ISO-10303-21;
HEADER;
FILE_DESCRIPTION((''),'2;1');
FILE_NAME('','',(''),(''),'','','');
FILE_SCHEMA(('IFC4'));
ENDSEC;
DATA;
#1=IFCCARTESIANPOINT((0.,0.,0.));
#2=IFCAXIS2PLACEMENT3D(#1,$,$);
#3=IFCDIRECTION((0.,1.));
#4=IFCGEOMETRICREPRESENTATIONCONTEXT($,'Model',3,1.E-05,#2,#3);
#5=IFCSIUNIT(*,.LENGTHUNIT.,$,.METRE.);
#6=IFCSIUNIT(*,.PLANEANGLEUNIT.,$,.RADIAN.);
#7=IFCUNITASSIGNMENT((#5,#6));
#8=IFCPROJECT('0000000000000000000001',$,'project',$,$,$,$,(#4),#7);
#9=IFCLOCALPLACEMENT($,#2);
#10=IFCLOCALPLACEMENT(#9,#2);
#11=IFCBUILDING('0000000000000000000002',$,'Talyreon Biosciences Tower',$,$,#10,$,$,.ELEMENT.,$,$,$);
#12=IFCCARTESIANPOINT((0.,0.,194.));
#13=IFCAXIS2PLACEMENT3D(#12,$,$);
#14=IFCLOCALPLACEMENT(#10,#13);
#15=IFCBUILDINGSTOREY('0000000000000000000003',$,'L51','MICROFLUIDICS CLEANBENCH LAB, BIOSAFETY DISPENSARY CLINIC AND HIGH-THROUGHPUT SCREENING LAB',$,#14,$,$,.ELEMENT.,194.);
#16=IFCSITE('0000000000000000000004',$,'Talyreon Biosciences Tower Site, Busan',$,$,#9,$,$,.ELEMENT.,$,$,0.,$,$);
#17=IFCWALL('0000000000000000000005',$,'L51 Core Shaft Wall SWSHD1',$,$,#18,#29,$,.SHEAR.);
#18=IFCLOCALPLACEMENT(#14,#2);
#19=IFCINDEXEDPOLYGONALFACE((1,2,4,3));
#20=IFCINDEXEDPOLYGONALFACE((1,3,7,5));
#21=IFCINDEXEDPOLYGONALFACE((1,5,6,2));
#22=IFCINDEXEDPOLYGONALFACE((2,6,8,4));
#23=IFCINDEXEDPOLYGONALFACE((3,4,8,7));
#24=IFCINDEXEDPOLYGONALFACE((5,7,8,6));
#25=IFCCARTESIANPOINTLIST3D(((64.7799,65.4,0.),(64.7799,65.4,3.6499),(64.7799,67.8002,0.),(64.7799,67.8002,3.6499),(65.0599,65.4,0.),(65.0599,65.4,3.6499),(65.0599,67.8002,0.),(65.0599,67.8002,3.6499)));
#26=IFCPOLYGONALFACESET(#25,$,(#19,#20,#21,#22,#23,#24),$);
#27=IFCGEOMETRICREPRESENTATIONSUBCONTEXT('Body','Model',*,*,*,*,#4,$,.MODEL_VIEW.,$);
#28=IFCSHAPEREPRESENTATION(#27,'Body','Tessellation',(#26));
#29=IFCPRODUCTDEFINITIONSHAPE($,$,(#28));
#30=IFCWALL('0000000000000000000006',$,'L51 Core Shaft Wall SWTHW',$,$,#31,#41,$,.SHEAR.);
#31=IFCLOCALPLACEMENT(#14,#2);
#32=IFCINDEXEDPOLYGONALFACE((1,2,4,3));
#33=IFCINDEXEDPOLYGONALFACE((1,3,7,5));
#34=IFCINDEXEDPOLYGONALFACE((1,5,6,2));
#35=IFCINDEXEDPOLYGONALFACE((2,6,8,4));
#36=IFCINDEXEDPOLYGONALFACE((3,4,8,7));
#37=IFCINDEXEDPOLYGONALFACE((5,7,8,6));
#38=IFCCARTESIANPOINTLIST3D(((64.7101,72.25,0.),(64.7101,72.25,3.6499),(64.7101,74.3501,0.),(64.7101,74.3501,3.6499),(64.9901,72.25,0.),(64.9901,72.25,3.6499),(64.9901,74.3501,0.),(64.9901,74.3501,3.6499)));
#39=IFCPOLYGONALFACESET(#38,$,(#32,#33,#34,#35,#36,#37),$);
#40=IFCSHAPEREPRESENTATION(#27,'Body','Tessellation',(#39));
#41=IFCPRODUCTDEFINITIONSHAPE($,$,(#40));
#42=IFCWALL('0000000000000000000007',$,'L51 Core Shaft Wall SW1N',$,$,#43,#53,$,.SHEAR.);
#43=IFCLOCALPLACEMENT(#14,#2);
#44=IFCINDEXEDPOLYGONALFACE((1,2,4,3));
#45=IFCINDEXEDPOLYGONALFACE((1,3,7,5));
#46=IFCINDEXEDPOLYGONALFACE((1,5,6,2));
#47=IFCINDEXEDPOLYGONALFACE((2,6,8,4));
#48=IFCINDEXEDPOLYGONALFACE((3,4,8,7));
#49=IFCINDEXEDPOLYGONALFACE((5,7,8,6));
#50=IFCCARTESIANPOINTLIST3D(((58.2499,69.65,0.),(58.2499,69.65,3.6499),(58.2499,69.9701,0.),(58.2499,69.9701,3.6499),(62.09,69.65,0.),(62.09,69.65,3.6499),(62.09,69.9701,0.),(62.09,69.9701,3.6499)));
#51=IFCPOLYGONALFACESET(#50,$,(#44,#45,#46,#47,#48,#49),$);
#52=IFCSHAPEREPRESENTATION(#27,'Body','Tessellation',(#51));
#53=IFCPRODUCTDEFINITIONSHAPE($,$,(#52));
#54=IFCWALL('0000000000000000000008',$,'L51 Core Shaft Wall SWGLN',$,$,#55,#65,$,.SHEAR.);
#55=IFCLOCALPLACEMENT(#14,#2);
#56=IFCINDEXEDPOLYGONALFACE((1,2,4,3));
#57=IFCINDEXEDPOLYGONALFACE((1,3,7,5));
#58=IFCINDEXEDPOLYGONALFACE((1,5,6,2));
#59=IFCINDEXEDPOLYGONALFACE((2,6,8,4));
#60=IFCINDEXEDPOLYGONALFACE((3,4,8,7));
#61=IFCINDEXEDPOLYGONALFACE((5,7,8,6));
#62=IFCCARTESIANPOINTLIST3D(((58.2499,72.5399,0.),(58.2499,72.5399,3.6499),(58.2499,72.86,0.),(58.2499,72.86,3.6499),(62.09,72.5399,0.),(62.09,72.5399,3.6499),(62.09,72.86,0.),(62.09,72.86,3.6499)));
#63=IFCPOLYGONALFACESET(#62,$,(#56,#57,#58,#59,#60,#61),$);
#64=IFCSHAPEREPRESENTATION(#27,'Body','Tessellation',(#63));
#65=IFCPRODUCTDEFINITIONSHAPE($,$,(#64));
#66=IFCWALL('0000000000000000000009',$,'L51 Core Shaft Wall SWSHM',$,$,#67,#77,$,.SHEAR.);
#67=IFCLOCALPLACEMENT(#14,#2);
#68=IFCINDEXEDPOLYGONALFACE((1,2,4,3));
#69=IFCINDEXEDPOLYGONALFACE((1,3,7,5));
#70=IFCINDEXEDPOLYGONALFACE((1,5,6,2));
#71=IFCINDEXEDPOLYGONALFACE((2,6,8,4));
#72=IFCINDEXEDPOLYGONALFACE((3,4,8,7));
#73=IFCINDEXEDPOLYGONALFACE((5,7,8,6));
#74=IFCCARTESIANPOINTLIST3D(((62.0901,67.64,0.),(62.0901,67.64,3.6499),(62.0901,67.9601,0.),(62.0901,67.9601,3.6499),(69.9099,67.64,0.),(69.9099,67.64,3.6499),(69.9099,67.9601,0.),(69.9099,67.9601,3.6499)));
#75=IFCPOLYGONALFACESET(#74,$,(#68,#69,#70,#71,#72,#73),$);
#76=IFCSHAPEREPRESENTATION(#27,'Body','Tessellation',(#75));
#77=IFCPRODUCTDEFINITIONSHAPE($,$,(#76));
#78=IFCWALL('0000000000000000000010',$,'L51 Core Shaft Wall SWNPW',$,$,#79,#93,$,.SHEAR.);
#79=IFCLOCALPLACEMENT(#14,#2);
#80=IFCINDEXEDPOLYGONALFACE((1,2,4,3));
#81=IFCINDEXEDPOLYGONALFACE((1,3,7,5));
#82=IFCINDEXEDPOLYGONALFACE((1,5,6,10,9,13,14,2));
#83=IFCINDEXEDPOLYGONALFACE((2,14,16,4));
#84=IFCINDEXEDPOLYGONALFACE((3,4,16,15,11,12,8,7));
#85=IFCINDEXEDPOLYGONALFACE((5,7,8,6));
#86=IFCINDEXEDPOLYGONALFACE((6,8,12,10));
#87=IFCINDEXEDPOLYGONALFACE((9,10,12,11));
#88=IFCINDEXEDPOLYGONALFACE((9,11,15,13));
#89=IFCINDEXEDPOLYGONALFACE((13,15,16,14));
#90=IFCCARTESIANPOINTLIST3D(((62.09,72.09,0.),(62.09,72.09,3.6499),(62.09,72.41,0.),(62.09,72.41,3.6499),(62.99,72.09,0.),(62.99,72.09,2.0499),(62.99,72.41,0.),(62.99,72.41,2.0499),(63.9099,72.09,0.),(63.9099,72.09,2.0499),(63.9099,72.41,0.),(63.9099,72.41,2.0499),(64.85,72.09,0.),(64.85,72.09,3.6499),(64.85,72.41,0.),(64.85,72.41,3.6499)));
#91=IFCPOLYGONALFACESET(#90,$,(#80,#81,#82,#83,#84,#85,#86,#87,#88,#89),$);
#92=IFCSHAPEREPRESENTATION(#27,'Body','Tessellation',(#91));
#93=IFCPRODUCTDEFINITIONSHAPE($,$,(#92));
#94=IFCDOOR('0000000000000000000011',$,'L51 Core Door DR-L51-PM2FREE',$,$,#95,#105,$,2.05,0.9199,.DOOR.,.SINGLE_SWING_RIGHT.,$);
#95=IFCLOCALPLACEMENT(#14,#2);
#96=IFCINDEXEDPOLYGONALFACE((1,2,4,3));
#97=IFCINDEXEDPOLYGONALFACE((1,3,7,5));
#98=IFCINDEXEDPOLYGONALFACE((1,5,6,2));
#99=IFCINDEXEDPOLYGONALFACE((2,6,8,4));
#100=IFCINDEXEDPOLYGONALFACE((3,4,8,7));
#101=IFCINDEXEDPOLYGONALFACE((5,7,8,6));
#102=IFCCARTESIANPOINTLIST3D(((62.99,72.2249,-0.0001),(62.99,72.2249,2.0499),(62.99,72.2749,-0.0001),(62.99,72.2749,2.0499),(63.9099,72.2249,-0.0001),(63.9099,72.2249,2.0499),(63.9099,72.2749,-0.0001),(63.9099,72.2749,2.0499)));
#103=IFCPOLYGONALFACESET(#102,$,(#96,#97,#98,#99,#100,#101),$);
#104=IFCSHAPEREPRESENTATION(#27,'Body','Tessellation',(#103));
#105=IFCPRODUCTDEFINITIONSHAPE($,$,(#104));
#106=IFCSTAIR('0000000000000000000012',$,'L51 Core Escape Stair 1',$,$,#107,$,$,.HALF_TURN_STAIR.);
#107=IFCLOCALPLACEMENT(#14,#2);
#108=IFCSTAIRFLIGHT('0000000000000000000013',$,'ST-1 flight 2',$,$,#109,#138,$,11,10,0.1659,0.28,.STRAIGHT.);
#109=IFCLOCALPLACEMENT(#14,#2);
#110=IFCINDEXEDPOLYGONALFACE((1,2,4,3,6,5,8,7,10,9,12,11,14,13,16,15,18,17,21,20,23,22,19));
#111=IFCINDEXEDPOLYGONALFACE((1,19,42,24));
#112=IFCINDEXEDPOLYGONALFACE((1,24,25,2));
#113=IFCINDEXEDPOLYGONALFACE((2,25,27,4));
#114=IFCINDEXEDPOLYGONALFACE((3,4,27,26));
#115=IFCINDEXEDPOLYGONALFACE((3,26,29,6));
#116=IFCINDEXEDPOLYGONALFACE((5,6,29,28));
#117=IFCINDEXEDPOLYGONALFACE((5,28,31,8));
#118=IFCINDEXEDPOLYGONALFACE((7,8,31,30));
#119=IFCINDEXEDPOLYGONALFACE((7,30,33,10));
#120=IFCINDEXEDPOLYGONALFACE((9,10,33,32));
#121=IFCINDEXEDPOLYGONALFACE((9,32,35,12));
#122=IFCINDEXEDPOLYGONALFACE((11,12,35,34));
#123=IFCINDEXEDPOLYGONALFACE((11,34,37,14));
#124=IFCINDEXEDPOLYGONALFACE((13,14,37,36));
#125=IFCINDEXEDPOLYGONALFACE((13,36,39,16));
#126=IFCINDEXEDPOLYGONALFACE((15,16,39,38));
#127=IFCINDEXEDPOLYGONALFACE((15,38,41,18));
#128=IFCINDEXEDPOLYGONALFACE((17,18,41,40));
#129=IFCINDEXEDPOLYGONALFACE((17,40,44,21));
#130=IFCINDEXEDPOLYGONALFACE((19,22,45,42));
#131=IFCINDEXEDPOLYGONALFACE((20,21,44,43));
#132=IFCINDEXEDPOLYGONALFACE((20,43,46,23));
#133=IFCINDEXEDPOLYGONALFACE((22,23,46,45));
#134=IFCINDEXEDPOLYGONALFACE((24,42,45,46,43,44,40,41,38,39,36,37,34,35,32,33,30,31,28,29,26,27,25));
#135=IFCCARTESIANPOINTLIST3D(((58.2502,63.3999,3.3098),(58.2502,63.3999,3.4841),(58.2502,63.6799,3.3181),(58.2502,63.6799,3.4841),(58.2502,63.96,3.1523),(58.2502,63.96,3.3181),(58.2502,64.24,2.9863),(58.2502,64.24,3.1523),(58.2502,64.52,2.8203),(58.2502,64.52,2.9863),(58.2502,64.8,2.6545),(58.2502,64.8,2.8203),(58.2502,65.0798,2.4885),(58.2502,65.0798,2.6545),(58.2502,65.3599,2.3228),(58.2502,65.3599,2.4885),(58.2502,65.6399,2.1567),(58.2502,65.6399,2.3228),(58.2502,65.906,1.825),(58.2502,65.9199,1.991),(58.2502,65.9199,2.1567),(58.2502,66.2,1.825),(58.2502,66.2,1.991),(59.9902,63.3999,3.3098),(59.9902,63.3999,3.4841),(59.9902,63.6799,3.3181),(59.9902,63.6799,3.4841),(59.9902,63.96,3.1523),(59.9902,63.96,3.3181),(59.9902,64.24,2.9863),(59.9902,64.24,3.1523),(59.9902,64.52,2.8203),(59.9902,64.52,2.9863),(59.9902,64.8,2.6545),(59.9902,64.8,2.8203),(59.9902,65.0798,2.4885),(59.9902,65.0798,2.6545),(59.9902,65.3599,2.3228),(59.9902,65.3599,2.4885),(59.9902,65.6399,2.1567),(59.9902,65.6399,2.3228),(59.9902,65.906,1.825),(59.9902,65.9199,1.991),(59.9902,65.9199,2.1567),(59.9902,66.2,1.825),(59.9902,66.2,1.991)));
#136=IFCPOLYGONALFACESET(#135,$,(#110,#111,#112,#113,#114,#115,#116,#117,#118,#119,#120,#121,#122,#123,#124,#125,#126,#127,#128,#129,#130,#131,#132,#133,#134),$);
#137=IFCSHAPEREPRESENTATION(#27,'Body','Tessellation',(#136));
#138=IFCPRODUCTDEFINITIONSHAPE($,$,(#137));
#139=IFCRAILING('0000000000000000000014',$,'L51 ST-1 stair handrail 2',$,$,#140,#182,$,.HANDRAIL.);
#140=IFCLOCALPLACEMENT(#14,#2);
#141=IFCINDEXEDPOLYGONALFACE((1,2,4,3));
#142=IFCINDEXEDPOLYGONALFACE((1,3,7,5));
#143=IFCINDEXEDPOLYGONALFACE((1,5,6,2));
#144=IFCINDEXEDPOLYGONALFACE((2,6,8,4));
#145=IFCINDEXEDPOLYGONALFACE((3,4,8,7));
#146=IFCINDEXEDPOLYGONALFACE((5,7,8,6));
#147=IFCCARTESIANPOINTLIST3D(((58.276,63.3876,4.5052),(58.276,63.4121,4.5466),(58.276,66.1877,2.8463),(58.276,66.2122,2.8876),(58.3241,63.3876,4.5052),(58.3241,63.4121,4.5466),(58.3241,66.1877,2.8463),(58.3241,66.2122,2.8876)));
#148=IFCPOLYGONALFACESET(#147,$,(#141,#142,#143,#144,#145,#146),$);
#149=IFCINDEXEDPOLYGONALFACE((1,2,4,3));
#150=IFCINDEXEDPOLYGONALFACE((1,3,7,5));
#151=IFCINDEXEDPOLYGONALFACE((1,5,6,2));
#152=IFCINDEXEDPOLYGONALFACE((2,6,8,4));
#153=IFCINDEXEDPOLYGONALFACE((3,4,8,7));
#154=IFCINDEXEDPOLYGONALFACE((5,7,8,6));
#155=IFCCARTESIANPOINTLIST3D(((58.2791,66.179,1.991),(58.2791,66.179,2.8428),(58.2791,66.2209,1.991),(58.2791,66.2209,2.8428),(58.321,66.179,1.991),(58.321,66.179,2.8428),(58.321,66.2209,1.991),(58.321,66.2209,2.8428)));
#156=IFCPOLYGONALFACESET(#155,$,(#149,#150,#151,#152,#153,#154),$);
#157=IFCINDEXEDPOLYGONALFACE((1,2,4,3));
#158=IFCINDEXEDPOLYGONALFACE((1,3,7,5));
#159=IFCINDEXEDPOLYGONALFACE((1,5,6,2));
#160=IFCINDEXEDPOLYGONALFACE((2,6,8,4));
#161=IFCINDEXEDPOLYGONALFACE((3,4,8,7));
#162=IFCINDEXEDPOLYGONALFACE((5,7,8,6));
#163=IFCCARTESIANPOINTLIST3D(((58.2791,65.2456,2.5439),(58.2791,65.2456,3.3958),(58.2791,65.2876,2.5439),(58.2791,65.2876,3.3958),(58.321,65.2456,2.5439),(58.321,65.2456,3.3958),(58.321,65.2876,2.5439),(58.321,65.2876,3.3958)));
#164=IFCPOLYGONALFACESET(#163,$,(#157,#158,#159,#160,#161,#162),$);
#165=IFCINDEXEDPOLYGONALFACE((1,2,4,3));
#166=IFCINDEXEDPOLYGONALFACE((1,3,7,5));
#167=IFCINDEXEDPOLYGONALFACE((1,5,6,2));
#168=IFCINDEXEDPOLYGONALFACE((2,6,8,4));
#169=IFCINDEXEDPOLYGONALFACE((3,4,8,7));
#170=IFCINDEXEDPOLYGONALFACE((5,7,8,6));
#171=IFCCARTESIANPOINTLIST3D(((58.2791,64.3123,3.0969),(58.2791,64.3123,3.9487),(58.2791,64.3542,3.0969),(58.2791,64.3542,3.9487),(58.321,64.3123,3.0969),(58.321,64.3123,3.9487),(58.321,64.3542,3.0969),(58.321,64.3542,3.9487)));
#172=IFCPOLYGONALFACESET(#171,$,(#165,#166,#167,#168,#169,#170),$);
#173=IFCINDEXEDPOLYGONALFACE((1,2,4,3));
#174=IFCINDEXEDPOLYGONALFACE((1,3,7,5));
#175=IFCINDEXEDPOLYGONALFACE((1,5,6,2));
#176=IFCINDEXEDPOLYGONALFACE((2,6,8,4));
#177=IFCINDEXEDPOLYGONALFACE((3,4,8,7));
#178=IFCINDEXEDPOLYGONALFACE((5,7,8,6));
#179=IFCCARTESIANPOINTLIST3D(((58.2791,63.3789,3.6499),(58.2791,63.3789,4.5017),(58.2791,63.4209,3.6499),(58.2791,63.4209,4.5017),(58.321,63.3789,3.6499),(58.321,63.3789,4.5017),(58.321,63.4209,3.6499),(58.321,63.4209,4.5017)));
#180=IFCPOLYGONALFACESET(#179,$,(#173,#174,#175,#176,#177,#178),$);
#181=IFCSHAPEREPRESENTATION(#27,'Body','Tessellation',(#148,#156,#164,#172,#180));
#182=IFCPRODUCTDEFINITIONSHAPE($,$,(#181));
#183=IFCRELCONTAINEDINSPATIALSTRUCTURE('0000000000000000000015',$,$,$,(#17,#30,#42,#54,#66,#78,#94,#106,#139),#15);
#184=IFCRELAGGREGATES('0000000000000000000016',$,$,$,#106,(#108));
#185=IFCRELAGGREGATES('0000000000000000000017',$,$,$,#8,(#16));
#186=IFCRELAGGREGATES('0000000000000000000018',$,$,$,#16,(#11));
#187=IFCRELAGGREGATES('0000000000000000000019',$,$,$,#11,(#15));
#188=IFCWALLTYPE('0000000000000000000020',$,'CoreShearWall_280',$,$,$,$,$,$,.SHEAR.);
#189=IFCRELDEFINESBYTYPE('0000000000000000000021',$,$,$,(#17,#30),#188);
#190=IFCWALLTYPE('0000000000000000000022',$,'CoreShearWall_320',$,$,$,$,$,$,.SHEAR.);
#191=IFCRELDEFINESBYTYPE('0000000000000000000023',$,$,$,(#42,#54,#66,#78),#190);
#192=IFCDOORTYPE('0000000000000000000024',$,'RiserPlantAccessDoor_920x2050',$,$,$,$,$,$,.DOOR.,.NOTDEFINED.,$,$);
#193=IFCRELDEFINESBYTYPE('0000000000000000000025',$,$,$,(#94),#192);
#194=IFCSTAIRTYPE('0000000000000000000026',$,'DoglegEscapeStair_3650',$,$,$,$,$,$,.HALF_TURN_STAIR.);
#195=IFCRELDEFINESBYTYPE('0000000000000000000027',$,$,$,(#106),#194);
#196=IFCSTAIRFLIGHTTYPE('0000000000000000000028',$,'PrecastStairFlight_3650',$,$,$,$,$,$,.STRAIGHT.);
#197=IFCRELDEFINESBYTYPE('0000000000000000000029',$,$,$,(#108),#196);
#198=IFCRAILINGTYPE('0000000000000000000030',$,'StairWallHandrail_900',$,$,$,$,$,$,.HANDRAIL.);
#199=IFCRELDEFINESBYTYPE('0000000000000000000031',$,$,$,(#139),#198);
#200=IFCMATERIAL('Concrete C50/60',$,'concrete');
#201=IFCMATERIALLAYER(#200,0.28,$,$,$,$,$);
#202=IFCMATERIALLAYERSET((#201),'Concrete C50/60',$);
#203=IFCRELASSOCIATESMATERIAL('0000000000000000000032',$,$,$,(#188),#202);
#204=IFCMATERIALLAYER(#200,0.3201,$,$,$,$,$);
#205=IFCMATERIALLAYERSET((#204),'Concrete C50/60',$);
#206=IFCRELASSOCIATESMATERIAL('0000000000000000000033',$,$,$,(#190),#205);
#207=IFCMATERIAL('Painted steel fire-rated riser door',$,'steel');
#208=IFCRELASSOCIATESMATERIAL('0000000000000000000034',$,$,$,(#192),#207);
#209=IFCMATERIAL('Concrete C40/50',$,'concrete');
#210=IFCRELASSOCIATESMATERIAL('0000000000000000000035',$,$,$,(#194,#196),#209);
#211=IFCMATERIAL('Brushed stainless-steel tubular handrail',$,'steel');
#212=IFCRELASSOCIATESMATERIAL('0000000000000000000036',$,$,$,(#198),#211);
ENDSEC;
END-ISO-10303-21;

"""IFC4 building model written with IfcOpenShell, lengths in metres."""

from ifc_helpers import new_model, si_unit, direction, frame, frame_2d, origin, origin_2d, place, context, subcontext, project, spatial, polyline, rectangle, outline, extrude, material, layer, layer_set, type_object, element, fill, aggregate, save


model = new_model("IFC4")

# Units and contexts
model_context = context("Model", 3, precision=1e-05, world=origin(), true_north=direction((0.0, 1.0)))
body_context = subcontext(model_context, "Body", "Model", "MODEL_VIEW")
ifc_project = project(units=[si_unit("LENGTHUNIT", "METRE"), si_unit("PLANEANGLEUNIT", "RADIAN")], contexts=[model_context])

# Site, building, storey
site_placement = place(None, origin())
site = spatial("IfcSite", under=ifc_project, at=site_placement, Name="Talyreon Biosciences Tower Site, Busan", CompositionType="ELEMENT", RefElevation=0.0)
building_placement = place(site_placement, origin())
building = spatial("IfcBuilding", under=site, at=building_placement, Name="Talyreon Biosciences Tower", CompositionType="ELEMENT")
storey_placement = place(building_placement, frame((0.0, 0.0, 194.0)))
storey = spatial("IfcBuildingStorey", under=building, at=storey_placement, Name="L51", Description="MICROFLUIDICS CLEANBENCH LAB, BIOSAFETY DISPENSARY CLINIC AND HIGH-THROUGHPUT SCREENING LAB", CompositionType="ELEMENT", Elevation=194.0)

# Walls
ifc_material_1 = material(Name="Concrete C50/60", Category="concrete")
ifc_layer_1 = layer(ifc_material_1, 0.28)
ifc_layer_set_1 = layer_set([ifc_layer_1], Name="Concrete C50/60")
wall_type_1 = type_object("IfcWallType", Name="CoreShearWall_280", PredefinedType="SHEAR", material=ifc_layer_set_1)
wall_1_placement = place(storey_placement, frame((64.9199, 65.3999, 0.0), z_axis=(0.0, 0.0, 1.0), x_axis=(0.0, 1.0, 0.0)))
element("IfcWall", 1, at=wall_1_placement, inside=storey, type_object=wall_type_1, Name="L51 Core Shaft Wall SWSHD1", PredefinedType="SHEAR", context=body_context, shape_type="SweptSolid", body=[
    extrude(rectangle(XDim=2.4001, YDim=0.28, at=frame_2d((1.2002, 0.0))), origin(), (0.0, 0.0, 1.0), 3.6499),
])
wall_2_placement = place(storey_placement, frame((64.8501, 72.25, 0.0), z_axis=(0.0, 0.0, 1.0), x_axis=(0.0, 1.0, 0.0)))
element("IfcWall", 2, at=wall_2_placement, inside=storey, type_object=wall_type_1, Name="L51 Core Shaft Wall SWTHW", PredefinedType="SHEAR", context=body_context, shape_type="SweptSolid", body=[
    extrude(rectangle(XDim=2.1001, YDim=0.28, at=frame_2d((1.05, 0.0))), origin(), (0.0, 0.0, 1.0), 3.6499),
])
ifc_layer_2 = layer(ifc_material_1, 0.3201)
ifc_layer_set_2 = layer_set([ifc_layer_2], Name="Concrete C50/60")
wall_type_2 = type_object("IfcWallType", Name="CoreShearWall_320", PredefinedType="SHEAR", material=ifc_layer_set_2)
for number, where, z_axis, x_axis, name in (
    (3, (58.25, 69.8101, 0.0), (0.0, 0.0, 1.0), (1.0, 0.0, 0.0), "L51 Core Shaft Wall SW1N"),
    (4, (58.25, 72.7, 0.0), (0.0, 0.0, 1.0), (1.0, 0.0, 0.0), "L51 Core Shaft Wall SWGLN"),
):
    element("IfcWall", number, at=place(storey_placement, frame(where, z_axis=z_axis, x_axis=x_axis)), inside=storey, type_object=wall_type_2, Name=name, PredefinedType="SHEAR", context=body_context, shape_type="SweptSolid", body=[
        extrude(rectangle(XDim=3.8401, YDim=0.3201, at=frame_2d((1.9199, 0.0))), origin(), (0.0, 0.0, 1.0), 3.6499),
    ])
wall_3_placement = place(storey_placement, frame((62.0901, 67.8, 0.0), z_axis=(0.0, 0.0, 1.0), x_axis=(1.0, 0.0, 0.0)))
element("IfcWall", 5, at=wall_3_placement, inside=storey, type_object=wall_type_2, Name="L51 Core Shaft Wall SWSHM", PredefinedType="SHEAR", context=body_context, shape_type="SweptSolid", body=[
    extrude(rectangle(XDim=7.8198, YDim=0.3201, at=frame_2d((3.9099, 0.0))), origin(), (0.0, 0.0, 1.0), 3.6499),
])

# Wall, opening, door
wall_4_placement = place(storey_placement, frame((62.0901, 72.25, 0.0), z_axis=(0.0, 0.0, 1.0), x_axis=(1.0, 0.0, 0.0)))
wall_4 = element("IfcWall", 6, at=wall_4_placement, inside=storey, type_object=wall_type_2, Name="L51 Core Shaft Wall SWNPW", PredefinedType="SHEAR", context=body_context, shape_type="SweptSolid", body=[
    extrude(rectangle(XDim=2.76, YDim=0.3201, at=frame_2d((1.3799, 0.0))), origin(), (0.0, 0.0, 1.0), 3.6499),
])
opening_1_placement = place(wall_4_placement, frame((0.8999, 0.0, 0.0)))
opening_1 = element("IfcOpeningElement", 7, at=opening_1_placement, cuts=wall_4, PredefinedType="OPENING", context=body_context, shape_type="SweptSolid", body=[
    extrude(rectangle(XDim=0.9199, YDim=2.05, at=frame_2d((0.46, 1.0249))), frame((0.0, 0.1699, 0.0), z_axis=(0.0, -1.0, 0.0), x_axis=(1.0, 0.0, 0.0)), (0.0, 0.0, 1.0), 0.3401),
])
ifc_material_2 = material(Name="Painted steel fire-rated riser door", Category="steel")
door_type_1 = type_object("IfcDoorType", Name="RiserPlantAccessDoor_920x2050", OperationType="NOTDEFINED", PredefinedType="DOOR", material=ifc_material_2)
door_1_placement = place(opening_1_placement, origin())
door_1 = element("IfcDoor", 8, at=door_1_placement, inside=storey, type_object=door_type_1, Name="L51 Core Door DR-L51-PM2FREE", OperationType="SINGLE_SWING_RIGHT", OverallHeight=2.05, OverallWidth=0.9199, PredefinedType="DOOR", context=body_context, shape_type="SweptSolid", body=[
    extrude(rectangle(XDim=0.9199, YDim=2.05, at=frame_2d((0.46, 1.0249))), frame((0.0, 0.0249, 0.0), z_axis=(0.0, -1.0, 0.0), x_axis=(1.0, 0.0, 0.0)), (0.0, 0.0, 1.0), 0.05),
])
fill(opening_1, door_1)

# Stair, stair flight
ifc_material_3 = material(Name="Concrete C40/50", Category="concrete")
stair_type = type_object("IfcStairType", Name="DoglegEscapeStair_3650", PredefinedType="HALF_TURN_STAIR", material=ifc_material_3)
stair_placement = place(storey_placement, origin())
stair = element("IfcStair", 9, at=stair_placement, inside=storey, type_object=stair_type, Name="L51 Core Escape Stair 1", PredefinedType="HALF_TURN_STAIR")
stair_flight_type = type_object("IfcStairFlightType", Name="PrecastStairFlight_3650", PredefinedType="STRAIGHT", material=ifc_material_3)
stair_flight_placement = place(storey_placement, frame((59.1201, 66.2, 1.825), z_axis=(0.0, 0.0, 1.0), x_axis=(0.0, -1.0, 0.0)))
stair_flight = element("IfcStairFlight", 10, at=stair_flight_placement, type_object=stair_flight_type, Name="ST-1 flight 2", NumberOfRisers=11, NumberOfTreads=10, PredefinedType="STRAIGHT", RiserHeight=0.1659, TreadLength=0.28, context=body_context, shape_type="SweptSolid", body=[
    extrude(outline(polyline([(0.0, 0.0), (0.0, 0.166), (0.28, 0.166), (0.28, 0.3318), (0.5601, 0.3318), (0.5601, 0.4978), (0.8401, 0.4978), (0.8401, 0.6636), (1.1201, 0.6636), (1.1201, 0.8296), (1.3999, 0.8296), (1.3999, 0.9954), (1.6799, 0.9954), (1.6799, 1.1614), (1.96, 1.1614), (1.96, 1.3274), (2.24, 1.3274), (2.24, 1.4932), (2.52, 1.4932), (2.52, 1.6592), (2.8, 1.6592), (2.8, 1.825), (2.8, 1.4849), (0.2939, 0.0), (0.0, 0.0)])), frame((0.0, 0.8701, 0.0), z_axis=(0.0, -1.0, 0.0), x_axis=(1.0, 0.0, 0.0)), (0.0, 0.0, 1.0), 1.74),
])
aggregate(stair, [stair_flight])

# Railing
ifc_material_4 = material(Name="Brushed stainless-steel tubular handrail", Category="steel")
railing_type_1 = type_object("IfcRailingType", Name="StairWallHandrail_900", PredefinedType="HANDRAIL", material=ifc_material_4)
railing_1_placement = place(storey_placement, frame((58.3, 66.2, 1.991)))
element("IfcRailing", 11, at=railing_1_placement, inside=storey, type_object=railing_type_1, Name="L51 ST-1 stair handrail 2", PredefinedType="HANDRAIL", context=body_context, shape_type="SweptSolid", body=[
    extrude(rectangle(XDim=0.0481, YDim=0.0481, at=origin_2d()), frame((0.0, 0.0, 0.876), z_axis=(0.0, -0.860339, 0.509722), x_axis=(1.0, 0.0, 0.0)), (0.0, 0.0, 1.0), 3.2546),
    extrude(rectangle(XDim=0.042, YDim=0.042, at=origin_2d()), origin(), (0.0, 0.0, 1.0), 0.8518),
    extrude(rectangle(XDim=0.042, YDim=0.042, at=origin_2d()), frame((0.0, -0.9333, 0.553)), (0.0, 0.0, 1.0), 0.8518),
    extrude(rectangle(XDim=0.042, YDim=0.042, at=origin_2d()), frame((0.0, -1.8667, 1.106)), (0.0, 0.0, 1.0), 0.8518),
    extrude(rectangle(XDim=0.042, YDim=0.042, at=origin_2d()), frame((0.0, -2.8, 1.6589)), (0.0, 0.0, 1.0), 0.8518),
])

save(model, "model.ifc")
